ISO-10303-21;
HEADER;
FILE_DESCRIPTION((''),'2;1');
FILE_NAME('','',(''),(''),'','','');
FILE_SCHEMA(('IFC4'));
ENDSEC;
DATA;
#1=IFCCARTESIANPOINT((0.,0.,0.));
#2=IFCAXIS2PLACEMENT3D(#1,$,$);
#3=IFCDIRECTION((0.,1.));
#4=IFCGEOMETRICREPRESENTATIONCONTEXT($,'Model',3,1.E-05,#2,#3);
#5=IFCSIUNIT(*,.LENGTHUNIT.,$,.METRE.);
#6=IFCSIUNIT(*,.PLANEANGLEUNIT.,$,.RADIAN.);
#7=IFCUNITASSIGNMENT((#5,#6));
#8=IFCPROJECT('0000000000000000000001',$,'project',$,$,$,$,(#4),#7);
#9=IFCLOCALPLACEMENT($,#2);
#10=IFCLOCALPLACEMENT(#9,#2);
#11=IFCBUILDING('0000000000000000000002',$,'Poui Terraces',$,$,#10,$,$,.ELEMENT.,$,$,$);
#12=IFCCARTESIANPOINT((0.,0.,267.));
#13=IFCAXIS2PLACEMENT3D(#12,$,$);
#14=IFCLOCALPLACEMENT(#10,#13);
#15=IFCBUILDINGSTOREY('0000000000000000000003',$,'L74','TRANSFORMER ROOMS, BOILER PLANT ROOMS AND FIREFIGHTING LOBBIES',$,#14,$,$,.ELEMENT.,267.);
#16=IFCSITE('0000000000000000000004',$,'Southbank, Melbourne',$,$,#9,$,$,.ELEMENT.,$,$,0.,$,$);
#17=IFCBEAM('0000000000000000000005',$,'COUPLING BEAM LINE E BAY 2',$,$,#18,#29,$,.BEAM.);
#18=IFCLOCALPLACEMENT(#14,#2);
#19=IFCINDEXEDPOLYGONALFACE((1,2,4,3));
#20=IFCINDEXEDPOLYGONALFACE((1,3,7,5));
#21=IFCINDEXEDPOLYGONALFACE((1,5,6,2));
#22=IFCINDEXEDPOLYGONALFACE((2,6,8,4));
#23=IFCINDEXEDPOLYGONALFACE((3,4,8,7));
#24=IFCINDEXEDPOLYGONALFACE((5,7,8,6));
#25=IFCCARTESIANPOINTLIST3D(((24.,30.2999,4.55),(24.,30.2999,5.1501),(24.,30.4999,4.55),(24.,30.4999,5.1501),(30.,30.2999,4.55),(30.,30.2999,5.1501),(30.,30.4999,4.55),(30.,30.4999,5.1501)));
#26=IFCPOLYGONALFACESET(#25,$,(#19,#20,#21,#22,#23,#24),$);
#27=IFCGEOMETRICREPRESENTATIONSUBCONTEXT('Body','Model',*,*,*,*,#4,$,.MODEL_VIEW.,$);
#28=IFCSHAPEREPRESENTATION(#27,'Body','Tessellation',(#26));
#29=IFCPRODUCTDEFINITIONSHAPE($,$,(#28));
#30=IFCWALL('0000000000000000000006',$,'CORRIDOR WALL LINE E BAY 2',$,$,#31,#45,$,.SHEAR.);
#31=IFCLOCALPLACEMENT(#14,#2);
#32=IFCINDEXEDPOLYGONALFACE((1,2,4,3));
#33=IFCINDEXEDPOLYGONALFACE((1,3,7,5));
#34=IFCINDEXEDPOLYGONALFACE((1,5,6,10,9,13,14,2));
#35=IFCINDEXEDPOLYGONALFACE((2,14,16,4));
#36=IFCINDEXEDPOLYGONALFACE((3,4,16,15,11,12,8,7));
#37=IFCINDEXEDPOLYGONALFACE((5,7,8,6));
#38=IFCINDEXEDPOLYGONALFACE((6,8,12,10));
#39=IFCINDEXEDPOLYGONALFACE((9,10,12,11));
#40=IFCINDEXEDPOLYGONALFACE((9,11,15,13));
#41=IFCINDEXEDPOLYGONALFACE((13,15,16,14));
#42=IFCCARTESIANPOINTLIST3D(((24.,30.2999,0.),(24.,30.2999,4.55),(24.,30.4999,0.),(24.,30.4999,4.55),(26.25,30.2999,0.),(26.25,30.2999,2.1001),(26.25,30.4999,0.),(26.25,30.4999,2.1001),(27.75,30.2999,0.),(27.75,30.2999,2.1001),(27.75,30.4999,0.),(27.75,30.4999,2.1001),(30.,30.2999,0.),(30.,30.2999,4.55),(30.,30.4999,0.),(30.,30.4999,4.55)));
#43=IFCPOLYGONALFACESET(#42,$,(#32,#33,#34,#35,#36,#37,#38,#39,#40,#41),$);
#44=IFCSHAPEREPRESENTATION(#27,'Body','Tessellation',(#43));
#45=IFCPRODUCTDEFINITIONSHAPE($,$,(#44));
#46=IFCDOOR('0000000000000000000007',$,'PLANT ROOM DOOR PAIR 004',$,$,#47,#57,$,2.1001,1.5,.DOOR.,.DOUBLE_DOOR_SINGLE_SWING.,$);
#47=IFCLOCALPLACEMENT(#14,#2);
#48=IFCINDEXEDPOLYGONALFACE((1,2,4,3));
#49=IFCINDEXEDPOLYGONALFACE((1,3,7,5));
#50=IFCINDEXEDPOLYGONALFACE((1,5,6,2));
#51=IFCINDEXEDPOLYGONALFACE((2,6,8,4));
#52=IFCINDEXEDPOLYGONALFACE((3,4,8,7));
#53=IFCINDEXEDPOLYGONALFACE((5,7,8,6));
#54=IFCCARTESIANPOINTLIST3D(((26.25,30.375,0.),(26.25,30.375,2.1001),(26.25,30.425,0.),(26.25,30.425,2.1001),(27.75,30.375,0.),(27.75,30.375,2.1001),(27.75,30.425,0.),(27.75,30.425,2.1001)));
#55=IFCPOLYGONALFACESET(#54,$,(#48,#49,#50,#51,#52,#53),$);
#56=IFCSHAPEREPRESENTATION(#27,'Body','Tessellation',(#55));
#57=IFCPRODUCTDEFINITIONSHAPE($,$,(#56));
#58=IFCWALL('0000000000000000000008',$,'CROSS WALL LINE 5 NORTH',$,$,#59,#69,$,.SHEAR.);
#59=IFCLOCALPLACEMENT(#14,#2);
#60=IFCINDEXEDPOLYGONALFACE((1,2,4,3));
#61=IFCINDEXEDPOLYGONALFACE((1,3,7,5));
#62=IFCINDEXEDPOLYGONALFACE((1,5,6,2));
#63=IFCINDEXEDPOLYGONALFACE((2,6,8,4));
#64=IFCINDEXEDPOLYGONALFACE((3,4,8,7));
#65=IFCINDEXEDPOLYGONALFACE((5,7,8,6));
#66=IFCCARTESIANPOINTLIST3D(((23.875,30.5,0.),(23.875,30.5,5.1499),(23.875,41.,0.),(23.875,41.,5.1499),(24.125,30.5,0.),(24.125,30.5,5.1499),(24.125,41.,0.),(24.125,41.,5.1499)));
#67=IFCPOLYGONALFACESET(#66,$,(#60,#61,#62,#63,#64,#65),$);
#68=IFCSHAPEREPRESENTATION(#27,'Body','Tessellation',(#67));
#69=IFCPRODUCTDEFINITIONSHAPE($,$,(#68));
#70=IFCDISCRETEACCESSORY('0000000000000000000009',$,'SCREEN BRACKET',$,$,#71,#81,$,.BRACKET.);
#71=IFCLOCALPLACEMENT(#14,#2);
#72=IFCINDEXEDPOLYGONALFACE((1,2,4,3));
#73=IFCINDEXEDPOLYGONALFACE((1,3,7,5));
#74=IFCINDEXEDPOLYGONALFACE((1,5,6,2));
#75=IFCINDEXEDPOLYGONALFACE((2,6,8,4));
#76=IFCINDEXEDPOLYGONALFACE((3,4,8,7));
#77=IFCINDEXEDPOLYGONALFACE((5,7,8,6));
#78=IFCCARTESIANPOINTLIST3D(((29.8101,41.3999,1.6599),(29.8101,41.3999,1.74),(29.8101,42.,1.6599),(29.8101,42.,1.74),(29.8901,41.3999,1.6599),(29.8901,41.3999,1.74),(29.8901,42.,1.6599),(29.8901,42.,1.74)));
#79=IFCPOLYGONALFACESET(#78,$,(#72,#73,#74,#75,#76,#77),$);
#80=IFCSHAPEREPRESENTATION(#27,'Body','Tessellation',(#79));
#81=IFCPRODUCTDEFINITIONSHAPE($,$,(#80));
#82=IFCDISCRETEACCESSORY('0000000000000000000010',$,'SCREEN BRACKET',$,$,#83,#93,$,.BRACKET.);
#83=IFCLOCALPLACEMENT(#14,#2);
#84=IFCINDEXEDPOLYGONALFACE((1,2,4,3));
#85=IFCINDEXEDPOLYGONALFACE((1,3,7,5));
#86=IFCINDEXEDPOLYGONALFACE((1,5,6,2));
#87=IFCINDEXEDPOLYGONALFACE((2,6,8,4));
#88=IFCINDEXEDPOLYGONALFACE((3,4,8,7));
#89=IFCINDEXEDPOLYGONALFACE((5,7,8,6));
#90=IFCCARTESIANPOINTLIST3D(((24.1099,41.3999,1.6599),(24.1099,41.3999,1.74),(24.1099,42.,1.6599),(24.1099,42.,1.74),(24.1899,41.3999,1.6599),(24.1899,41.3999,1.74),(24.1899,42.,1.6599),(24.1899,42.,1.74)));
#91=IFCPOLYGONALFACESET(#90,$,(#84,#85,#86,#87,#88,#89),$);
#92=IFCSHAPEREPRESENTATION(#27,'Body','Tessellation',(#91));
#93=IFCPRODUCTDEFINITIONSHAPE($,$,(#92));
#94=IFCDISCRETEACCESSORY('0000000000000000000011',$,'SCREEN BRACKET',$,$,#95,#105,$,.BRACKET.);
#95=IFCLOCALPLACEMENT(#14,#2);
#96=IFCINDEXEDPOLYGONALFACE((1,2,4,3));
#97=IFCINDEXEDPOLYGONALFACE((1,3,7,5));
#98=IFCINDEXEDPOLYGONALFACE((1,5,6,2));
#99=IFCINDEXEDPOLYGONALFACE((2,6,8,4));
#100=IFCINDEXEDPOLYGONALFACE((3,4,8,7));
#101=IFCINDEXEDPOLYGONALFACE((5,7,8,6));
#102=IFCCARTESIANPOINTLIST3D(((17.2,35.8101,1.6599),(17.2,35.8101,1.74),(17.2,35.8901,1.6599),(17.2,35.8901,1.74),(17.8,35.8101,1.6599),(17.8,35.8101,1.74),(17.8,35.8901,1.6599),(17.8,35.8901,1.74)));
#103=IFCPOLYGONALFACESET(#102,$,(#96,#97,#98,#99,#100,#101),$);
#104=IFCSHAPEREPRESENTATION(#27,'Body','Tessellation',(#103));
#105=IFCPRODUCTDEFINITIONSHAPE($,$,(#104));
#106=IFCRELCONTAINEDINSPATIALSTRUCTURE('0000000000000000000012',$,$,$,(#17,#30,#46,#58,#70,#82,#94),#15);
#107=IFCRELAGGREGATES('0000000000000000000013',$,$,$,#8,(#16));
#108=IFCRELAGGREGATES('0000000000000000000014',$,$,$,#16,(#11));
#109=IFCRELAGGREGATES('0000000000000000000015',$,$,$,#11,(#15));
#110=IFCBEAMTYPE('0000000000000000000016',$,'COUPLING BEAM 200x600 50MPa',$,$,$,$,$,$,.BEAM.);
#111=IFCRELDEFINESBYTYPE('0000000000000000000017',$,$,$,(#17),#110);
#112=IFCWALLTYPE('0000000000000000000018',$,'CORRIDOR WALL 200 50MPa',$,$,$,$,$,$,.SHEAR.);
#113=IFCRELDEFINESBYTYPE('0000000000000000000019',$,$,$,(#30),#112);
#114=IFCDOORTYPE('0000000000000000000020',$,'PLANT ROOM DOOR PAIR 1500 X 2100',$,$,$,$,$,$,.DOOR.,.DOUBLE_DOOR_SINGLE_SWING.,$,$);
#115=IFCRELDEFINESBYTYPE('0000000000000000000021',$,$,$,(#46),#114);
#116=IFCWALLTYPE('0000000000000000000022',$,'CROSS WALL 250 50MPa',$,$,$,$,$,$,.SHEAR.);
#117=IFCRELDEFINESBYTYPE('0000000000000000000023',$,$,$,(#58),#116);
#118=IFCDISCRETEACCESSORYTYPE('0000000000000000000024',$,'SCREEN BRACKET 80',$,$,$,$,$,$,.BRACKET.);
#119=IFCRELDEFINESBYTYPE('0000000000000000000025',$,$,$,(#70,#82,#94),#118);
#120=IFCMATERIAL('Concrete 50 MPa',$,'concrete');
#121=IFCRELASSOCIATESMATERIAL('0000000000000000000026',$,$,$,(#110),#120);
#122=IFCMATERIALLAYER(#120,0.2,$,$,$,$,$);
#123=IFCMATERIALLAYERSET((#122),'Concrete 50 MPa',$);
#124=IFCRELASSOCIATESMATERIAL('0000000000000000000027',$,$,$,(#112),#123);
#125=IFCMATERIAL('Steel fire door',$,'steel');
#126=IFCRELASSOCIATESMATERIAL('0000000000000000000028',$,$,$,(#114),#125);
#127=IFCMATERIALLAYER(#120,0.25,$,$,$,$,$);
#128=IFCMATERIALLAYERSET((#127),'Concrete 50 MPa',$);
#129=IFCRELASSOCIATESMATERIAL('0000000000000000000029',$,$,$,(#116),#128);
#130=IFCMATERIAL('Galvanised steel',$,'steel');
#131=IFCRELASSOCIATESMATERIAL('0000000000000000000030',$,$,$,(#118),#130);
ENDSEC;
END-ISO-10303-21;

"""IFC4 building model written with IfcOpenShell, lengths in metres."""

from ifc_helpers import new_model, si_unit, direction, frame, frame_2d, origin, origin_2d, place, context, subcontext, project, spatial, rectangle, extrude, source, transform, mapped, material, layer, layer_set, material_profile, profile_set, type_object, element, fill, save


model = new_model("IFC4")

# Units and contexts
model_context = context("Model", 3, precision=1e-05, world=origin(), true_north=direction((0.0, 1.0)))
body_context = subcontext(model_context, "Body", "Model", "MODEL_VIEW")
ifc_project = project(units=[si_unit("LENGTHUNIT", "METRE"), si_unit("PLANEANGLEUNIT", "RADIAN")], contexts=[model_context])

# Site, building, storey
site_placement = place(None, origin())
site = spatial("IfcSite", under=ifc_project, at=site_placement, Name="Southbank, Melbourne", CompositionType="ELEMENT", RefElevation=0.0)
building_placement = place(site_placement, origin())
building = spatial("IfcBuilding", under=site, at=building_placement, Name="Poui Terraces", CompositionType="ELEMENT")
storey_placement = place(building_placement, frame((0.0, 0.0, 267.0)))
storey = spatial("IfcBuildingStorey", under=building, at=storey_placement, Name="L74", Description="TRANSFORMER ROOMS, BOILER PLANT ROOMS AND FIREFIGHTING LOBBIES", CompositionType="ELEMENT", Elevation=267.0)

# Beam
ifc_material_1 = material(Name="Concrete 50 MPa", Category="concrete")
ifc_material_profile_1 = material_profile(ifc_material_1, rectangle(XDim=0.2, YDim=0.6001, at=origin_2d()), Name="RC 200x600")
ifc_profile_set_1 = profile_set([ifc_material_profile_1], Name="Concrete 50 MPa")
beam_type = type_object("IfcBeamType", Name="COUPLING BEAM 200x600 50MPa", PredefinedType="BEAM", material=ifc_profile_set_1)
shared_shape_1 = source(origin(), body_context, "Body", "SweptSolid", [
    extrude(rectangle(XDim=0.2, YDim=0.6001, at=origin_2d()), origin(), (0.0, 0.0, 1.0), 6.0),
])
beam_placement = place(storey_placement, frame((24.0, 30.3999, 4.8501), z_axis=(1.0, 0.0, 0.0), x_axis=(0.0, 1.0, 0.0)))
element("IfcBeam", 1, at=beam_placement, inside=storey, type_object=beam_type, Name="COUPLING BEAM LINE E BAY 2", PredefinedType="BEAM", context=body_context, shape_type="MappedRepresentation", body=[
    mapped(shared_shape_1, transform((0.0, 0.0, 0.0))),
])

# Wall, opening, door
ifc_layer_1 = layer(ifc_material_1, 0.2)
ifc_layer_set_1 = layer_set([ifc_layer_1], Name="Concrete 50 MPa")
wall_type_1 = type_object("IfcWallType", Name="CORRIDOR WALL 200 50MPa", PredefinedType="SHEAR", material=ifc_layer_set_1)
wall_1_placement = place(storey_placement, frame((24.0, 30.3999, 0.0), z_axis=(0.0, 0.0, 1.0), x_axis=(1.0, 0.0, 0.0)))
wall_1 = element("IfcWall", 2, at=wall_1_placement, inside=storey, type_object=wall_type_1, Name="CORRIDOR WALL LINE E BAY 2", PredefinedType="SHEAR", context=body_context, shape_type="SweptSolid", body=[
    extrude(rectangle(XDim=6.0, YDim=0.2, at=frame_2d((3.0, 0.0))), origin(), (0.0, 0.0, 1.0), 4.55),
])
opening_placement = place(wall_1_placement, frame((2.25, 0.0, 0.0)))
opening = element("IfcOpeningElement", 3, at=opening_placement, cuts=wall_1, PredefinedType="OPENING", context=body_context, shape_type="SweptSolid", body=[
    extrude(rectangle(XDim=1.5, YDim=2.1001, at=frame_2d((0.75, 1.05))), frame((0.0, 0.1099, 0.0), z_axis=(0.0, -1.0, 0.0), x_axis=(1.0, 0.0, 0.0)), (0.0, 0.0, 1.0), 0.22),
])
ifc_material_2 = material(Name="Steel fire door", Category="steel")
door_type = type_object("IfcDoorType", Name="PLANT ROOM DOOR PAIR 1500 X 2100", OperationType="DOUBLE_DOOR_SINGLE_SWING", PredefinedType="DOOR", material=ifc_material_2)
door_placement = place(opening_placement, frame((1.5, 0.0, 0.0), z_axis=(0.0, 0.0, 1.0), x_axis=(-1.0, 0.0, 0.0)))
door = element("IfcDoor", 4, at=door_placement, inside=storey, type_object=door_type, Name="PLANT ROOM DOOR PAIR 004", OperationType="DOUBLE_DOOR_SINGLE_SWING", OverallHeight=2.1001, OverallWidth=1.5, PredefinedType="DOOR", context=body_context, shape_type="SweptSolid", body=[
    extrude(rectangle(XDim=1.5, YDim=2.1001, at=frame_2d((0.75, 1.05))), frame((0.0, 0.0249, 0.0), z_axis=(0.0, -1.0, 0.0), x_axis=(1.0, 0.0, 0.0)), (0.0, 0.0, 1.0), 0.05),
])
fill(opening, door)

# Wall
ifc_layer_2 = layer(ifc_material_1, 0.25)
ifc_layer_set_2 = layer_set([ifc_layer_2], Name="Concrete 50 MPa")
wall_type_2 = type_object("IfcWallType", Name="CROSS WALL 250 50MPa", PredefinedType="SHEAR", material=ifc_layer_set_2)
wall_2_placement = place(storey_placement, frame((24.0, 30.5, 0.0), z_axis=(0.0, 0.0, 1.0), x_axis=(0.0, 1.0, 0.0)))
element("IfcWall", 5, at=wall_2_placement, inside=storey, type_object=wall_type_2, Name="CROSS WALL LINE 5 NORTH", PredefinedType="SHEAR", context=body_context, shape_type="SweptSolid", body=[
    extrude(rectangle(XDim=10.5, YDim=0.25, at=frame_2d((5.25, 0.0))), origin(), (0.0, 0.0, 1.0), 5.1499),
])

# Discrete accessories
ifc_material_3 = material(Name="Galvanised steel", Category="steel")
ifc_material_profile_2 = material_profile(ifc_material_3, rectangle(XDim=0.0801, YDim=0.0801, at=origin_2d()), Name="SCREEN BRACKET 80")
ifc_profile_set_2 = profile_set([ifc_material_profile_2], Name="Galvanised steel")
discrete_accessory_type = type_object("IfcDiscreteAccessoryType", Name="SCREEN BRACKET 80", PredefinedType="BRACKET", material=ifc_profile_set_2)
shared_shape_2 = source(origin(), body_context, "Body", "SweptSolid", [
    extrude(rectangle(XDim=0.0801, YDim=0.0801, at=origin_2d()), origin(), (0.0, 0.0, 1.0), 0.6001),
])
for number, where, z_axis, x_axis, name in (
    (6, (29.8501, 41.3999, 1.7), (0.0, 1.0, 0.0), (-1.0, 0.0, 0.0), "SCREEN BRACKET"),
    (7, (24.1499, 41.3999, 1.7), (0.0, 1.0, 0.0), (-1.0, 0.0, 0.0), "SCREEN BRACKET"),
    (8, (17.8, 35.8501, 1.7), (-1.0, 0.0, 0.0), (0.0, -1.0, 0.0), "SCREEN BRACKET"),
):
    element("IfcDiscreteAccessory", number, at=place(storey_placement, frame(where, z_axis=z_axis, x_axis=x_axis)), inside=storey, type_object=discrete_accessory_type, Name=name, PredefinedType="BRACKET", context=body_context, shape_type="MappedRepresentation", body=[
        mapped(shared_shape_2, transform((0.0, 0.0, 0.0))),
    ])

save(model, "model.ifc")
